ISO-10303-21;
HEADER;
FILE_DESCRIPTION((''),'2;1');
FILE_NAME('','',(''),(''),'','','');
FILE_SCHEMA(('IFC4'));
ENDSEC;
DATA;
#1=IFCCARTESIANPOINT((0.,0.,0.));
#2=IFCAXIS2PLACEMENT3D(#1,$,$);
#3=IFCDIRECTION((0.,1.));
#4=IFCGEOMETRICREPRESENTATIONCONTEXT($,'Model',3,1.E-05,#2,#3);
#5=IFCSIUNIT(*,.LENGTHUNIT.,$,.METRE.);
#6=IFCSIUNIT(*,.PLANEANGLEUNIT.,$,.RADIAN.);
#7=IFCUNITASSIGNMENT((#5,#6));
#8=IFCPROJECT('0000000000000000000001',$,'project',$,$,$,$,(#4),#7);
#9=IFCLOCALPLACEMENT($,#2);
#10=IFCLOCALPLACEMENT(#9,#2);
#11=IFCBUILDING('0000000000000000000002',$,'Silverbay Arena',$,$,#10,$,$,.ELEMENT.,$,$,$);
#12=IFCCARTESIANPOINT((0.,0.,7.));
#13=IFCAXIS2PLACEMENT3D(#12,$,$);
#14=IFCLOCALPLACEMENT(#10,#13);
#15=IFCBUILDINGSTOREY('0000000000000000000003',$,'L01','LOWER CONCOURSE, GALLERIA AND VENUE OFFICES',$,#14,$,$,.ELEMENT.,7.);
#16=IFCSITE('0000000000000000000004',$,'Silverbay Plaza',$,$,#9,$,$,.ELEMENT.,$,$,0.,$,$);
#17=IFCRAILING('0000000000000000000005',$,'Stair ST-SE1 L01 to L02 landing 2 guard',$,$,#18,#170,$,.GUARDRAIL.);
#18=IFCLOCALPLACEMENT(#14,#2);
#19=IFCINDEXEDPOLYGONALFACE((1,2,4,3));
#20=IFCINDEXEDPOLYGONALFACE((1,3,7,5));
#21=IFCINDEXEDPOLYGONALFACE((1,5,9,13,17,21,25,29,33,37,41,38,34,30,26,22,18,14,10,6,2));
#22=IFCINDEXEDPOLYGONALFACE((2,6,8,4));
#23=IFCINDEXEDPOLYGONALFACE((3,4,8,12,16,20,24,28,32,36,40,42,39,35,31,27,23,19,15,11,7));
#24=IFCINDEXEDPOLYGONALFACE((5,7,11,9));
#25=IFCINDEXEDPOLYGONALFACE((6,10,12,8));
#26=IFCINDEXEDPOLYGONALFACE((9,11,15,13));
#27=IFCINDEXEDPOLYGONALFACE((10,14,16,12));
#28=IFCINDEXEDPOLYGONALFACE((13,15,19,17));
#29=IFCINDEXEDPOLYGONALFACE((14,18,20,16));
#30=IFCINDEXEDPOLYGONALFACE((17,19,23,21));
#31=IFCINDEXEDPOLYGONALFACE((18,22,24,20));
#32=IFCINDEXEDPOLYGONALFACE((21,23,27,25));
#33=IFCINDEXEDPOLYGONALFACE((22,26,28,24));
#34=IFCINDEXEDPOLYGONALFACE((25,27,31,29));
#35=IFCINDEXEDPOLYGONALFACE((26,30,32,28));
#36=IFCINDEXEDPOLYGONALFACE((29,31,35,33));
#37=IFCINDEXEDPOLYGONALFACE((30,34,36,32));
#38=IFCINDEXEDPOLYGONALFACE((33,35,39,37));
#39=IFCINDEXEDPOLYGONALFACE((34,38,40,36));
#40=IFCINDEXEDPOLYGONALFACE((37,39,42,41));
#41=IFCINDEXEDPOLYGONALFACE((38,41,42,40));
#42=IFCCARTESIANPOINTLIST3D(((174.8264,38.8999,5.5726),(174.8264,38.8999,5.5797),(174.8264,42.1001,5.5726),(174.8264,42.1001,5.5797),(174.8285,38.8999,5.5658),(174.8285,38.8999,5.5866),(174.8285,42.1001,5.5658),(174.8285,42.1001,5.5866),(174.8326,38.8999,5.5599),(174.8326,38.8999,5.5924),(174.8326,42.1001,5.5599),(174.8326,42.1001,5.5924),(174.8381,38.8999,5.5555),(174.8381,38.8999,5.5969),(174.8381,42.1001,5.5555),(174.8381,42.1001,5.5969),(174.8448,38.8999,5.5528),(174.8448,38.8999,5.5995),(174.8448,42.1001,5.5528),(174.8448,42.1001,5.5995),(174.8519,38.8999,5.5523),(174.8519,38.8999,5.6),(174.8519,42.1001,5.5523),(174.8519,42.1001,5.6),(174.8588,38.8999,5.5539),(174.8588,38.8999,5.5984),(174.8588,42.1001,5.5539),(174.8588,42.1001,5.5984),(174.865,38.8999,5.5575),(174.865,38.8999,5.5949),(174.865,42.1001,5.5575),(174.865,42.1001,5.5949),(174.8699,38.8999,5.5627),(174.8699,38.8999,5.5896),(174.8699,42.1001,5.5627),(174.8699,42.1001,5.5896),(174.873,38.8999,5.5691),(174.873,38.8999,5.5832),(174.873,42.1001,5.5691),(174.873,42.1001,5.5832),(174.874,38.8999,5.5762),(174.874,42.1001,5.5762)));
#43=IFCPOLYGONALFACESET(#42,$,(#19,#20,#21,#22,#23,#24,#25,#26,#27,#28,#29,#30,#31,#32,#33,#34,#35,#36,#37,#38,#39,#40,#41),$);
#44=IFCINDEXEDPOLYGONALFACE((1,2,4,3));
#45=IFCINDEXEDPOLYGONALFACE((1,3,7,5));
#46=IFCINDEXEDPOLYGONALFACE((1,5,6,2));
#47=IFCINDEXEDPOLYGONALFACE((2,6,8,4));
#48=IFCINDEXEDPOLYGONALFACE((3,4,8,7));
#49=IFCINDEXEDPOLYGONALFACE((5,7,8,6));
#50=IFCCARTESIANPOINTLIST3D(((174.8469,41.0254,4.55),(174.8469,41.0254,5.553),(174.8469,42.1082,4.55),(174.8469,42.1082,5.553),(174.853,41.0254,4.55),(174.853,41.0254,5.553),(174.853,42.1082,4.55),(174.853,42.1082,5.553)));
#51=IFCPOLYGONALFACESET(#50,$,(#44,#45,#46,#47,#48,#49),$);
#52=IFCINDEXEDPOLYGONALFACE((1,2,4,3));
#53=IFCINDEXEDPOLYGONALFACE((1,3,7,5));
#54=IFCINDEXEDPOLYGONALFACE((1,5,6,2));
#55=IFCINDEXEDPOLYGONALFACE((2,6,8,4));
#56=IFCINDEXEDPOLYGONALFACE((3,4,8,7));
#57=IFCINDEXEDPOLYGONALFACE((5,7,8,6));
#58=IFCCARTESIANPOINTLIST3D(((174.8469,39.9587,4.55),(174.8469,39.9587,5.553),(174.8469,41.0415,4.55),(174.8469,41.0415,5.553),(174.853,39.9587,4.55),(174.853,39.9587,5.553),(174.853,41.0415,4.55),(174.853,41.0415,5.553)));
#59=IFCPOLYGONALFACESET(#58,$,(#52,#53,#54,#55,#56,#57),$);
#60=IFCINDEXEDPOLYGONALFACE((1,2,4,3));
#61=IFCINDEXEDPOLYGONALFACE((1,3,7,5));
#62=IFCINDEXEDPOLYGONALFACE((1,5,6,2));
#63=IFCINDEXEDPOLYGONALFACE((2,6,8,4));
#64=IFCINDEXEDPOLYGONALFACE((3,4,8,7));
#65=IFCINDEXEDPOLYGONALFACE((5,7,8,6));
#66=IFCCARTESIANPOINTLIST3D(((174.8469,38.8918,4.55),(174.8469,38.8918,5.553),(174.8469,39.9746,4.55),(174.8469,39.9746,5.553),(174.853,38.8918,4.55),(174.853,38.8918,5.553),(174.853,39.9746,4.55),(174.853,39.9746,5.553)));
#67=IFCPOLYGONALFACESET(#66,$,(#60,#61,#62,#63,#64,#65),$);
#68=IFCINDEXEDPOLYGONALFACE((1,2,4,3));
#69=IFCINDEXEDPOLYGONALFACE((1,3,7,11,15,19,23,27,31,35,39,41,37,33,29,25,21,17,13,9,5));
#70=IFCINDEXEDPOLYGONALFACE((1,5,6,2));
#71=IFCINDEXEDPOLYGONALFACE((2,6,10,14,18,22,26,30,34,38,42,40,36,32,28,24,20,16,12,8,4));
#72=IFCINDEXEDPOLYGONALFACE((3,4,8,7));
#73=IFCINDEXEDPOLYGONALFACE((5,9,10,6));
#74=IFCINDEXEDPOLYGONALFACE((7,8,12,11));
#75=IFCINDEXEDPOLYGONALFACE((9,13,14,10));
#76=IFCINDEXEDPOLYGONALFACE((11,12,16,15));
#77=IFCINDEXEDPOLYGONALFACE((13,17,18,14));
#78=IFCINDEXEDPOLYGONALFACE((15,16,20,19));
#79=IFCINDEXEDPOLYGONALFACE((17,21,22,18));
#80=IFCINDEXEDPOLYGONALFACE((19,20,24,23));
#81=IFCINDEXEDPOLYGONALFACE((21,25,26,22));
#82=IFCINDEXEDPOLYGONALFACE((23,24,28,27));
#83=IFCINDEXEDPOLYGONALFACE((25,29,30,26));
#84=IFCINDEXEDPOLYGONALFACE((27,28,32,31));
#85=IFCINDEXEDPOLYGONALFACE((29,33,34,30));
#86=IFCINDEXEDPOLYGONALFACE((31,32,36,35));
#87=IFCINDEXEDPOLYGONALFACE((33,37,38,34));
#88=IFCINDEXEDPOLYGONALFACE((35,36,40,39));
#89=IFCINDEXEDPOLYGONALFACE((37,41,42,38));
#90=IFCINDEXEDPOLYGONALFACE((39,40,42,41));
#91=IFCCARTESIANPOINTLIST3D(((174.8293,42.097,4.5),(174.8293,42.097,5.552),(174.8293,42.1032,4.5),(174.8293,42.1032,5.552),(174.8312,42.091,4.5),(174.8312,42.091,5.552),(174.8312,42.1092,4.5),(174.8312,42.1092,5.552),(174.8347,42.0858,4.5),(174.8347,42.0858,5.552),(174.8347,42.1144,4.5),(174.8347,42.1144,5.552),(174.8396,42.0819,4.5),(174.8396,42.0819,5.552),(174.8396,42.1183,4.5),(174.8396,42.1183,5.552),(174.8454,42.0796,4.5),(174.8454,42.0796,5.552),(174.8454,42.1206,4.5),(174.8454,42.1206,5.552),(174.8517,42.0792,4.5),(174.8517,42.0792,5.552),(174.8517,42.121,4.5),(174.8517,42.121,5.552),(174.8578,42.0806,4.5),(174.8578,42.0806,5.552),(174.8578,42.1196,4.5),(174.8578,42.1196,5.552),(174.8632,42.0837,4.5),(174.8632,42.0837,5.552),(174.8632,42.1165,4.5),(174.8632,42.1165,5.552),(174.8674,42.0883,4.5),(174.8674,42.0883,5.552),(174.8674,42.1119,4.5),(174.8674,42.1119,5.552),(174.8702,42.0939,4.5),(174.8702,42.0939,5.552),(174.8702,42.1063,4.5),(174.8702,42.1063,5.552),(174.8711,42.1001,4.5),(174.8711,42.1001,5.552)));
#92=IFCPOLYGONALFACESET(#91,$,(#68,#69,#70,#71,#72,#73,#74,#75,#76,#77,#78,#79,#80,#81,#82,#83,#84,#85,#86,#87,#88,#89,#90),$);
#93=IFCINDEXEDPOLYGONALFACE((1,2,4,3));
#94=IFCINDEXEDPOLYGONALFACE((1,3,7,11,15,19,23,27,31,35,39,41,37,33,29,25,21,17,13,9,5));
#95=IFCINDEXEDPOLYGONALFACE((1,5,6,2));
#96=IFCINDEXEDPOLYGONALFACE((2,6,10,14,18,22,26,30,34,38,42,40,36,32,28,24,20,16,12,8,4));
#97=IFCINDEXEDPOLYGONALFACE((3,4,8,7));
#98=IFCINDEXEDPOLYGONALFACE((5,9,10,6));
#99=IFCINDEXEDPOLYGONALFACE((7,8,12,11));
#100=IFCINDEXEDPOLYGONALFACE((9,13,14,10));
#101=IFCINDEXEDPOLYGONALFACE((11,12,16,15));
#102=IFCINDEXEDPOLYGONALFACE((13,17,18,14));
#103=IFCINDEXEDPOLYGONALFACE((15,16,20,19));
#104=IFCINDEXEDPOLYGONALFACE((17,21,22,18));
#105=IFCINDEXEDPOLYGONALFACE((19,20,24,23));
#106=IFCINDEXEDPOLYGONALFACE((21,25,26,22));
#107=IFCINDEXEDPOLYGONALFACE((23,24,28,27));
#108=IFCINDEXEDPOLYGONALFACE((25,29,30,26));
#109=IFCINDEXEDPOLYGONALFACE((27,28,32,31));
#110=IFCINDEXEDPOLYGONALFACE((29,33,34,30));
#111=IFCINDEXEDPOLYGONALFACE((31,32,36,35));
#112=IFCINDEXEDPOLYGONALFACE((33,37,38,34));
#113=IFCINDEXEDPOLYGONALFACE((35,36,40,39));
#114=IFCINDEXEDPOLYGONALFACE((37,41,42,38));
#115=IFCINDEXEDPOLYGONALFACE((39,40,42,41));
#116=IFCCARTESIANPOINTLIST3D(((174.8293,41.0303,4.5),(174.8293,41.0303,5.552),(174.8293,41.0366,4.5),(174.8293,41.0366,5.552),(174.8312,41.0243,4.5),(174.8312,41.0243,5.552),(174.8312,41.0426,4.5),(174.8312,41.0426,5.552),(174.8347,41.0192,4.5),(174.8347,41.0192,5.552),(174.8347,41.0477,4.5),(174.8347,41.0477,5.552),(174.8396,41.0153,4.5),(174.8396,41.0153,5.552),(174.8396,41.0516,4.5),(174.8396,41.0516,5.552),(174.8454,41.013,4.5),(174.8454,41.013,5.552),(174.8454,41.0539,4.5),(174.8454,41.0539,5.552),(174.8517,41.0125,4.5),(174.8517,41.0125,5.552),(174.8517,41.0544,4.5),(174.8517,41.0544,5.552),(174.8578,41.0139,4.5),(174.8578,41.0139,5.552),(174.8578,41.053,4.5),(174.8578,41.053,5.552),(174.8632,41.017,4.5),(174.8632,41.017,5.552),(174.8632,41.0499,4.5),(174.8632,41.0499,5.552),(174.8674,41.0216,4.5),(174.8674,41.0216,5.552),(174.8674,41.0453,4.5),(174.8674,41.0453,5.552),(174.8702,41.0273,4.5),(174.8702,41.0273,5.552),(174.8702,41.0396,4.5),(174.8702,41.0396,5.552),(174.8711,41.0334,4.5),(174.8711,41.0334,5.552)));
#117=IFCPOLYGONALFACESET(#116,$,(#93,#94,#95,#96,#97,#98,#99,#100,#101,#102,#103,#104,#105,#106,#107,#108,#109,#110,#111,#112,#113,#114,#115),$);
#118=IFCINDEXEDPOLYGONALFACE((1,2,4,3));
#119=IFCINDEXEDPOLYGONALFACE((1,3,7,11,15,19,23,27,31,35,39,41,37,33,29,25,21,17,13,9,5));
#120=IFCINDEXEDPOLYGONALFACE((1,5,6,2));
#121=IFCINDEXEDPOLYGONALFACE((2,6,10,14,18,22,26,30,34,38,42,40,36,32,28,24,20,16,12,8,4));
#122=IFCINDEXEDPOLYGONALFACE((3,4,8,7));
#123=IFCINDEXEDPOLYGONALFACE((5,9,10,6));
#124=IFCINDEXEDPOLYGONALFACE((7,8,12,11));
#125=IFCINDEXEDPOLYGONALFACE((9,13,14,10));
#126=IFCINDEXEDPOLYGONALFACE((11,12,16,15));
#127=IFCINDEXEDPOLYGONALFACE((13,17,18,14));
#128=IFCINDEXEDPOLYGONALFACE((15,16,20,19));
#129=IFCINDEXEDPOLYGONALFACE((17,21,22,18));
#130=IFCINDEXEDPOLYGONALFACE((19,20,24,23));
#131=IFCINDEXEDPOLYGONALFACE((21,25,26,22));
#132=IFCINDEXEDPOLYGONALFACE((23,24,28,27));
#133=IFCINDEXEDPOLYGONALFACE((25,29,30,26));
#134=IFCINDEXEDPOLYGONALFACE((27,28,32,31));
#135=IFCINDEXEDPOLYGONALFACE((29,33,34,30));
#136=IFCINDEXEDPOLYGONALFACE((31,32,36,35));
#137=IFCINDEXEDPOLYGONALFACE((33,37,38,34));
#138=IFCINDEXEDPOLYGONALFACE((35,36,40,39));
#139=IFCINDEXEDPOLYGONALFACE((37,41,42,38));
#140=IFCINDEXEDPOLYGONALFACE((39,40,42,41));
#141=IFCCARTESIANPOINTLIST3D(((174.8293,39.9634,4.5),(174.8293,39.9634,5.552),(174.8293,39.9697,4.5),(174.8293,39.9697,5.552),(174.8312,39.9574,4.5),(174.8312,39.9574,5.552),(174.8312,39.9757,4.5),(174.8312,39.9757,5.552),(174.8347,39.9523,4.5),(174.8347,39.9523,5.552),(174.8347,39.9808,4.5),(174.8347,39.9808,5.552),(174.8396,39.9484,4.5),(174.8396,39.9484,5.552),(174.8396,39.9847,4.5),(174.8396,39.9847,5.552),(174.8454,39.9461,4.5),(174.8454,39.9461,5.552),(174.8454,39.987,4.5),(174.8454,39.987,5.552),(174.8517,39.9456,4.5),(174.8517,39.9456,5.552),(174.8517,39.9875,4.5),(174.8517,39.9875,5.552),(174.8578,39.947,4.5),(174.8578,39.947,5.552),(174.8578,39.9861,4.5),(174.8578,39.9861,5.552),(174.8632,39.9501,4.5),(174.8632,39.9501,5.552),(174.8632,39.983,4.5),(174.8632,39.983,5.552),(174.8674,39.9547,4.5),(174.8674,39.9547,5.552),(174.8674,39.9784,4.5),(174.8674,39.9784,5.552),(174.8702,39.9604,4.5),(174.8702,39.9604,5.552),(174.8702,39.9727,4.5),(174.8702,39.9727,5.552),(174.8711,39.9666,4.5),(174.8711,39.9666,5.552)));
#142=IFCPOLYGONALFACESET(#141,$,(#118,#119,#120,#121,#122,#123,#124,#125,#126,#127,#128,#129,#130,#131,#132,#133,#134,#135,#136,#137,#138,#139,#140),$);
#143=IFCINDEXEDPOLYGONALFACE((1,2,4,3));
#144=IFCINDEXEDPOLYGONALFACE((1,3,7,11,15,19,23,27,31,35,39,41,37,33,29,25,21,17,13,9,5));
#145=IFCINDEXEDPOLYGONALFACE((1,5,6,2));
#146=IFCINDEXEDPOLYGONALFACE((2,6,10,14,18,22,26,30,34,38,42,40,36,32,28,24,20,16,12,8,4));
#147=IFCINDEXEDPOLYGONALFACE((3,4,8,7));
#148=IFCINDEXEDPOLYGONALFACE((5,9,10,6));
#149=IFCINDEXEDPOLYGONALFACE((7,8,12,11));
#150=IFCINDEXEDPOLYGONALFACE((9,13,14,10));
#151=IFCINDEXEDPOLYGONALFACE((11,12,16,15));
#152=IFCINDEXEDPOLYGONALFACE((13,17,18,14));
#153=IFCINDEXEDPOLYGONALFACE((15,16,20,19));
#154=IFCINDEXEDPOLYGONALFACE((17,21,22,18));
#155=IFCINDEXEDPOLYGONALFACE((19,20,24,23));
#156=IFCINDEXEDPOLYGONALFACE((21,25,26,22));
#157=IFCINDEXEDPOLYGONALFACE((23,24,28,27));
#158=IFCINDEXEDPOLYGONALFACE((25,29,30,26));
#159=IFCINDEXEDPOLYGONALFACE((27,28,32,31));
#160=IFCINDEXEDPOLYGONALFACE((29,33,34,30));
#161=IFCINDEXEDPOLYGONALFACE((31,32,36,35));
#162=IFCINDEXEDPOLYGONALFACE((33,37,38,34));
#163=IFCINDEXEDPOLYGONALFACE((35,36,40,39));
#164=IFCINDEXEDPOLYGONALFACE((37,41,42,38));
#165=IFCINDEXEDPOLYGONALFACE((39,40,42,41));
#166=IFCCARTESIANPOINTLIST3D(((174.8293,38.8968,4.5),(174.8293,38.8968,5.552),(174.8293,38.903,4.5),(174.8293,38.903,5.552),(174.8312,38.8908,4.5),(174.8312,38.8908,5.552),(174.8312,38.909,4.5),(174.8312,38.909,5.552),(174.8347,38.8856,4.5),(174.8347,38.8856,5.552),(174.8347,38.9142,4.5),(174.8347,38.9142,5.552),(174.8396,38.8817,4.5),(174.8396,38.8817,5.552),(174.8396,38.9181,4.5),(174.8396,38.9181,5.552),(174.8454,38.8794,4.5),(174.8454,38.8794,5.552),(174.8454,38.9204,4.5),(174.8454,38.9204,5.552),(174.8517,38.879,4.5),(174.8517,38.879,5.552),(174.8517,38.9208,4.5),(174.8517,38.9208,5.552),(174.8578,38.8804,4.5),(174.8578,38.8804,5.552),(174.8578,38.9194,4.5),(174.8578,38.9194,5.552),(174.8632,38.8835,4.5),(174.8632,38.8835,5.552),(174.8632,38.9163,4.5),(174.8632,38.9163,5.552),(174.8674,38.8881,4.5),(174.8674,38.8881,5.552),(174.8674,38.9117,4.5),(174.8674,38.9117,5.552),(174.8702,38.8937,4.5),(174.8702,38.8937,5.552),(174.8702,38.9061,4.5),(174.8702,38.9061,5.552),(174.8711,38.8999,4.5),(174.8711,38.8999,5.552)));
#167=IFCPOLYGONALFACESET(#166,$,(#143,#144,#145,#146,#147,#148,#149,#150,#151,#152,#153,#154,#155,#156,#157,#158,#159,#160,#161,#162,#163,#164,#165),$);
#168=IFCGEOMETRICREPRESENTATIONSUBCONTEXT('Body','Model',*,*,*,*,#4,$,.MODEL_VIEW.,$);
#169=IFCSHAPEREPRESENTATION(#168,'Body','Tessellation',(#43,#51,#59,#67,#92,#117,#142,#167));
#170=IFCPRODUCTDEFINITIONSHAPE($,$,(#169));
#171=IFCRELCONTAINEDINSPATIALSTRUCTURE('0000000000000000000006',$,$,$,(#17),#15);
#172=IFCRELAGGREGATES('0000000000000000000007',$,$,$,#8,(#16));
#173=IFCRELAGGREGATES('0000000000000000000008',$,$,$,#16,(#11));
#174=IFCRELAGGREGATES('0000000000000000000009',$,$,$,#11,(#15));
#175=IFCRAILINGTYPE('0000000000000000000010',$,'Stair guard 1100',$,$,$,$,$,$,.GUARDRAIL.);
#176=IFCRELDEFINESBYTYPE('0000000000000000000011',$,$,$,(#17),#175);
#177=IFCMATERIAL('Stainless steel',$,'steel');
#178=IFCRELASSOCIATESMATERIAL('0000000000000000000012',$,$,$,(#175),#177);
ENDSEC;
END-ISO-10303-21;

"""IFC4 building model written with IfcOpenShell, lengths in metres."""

from ifc_helpers import new_model, si_unit, direction, frame, origin, origin_2d, place, context, subcontext, project, spatial, polyline, circle, outline, extrude, material, type_object, element, save


model = new_model("IFC4")

# Units and contexts
model_context = context("Model", 3, precision=1e-05, world=origin(), true_north=direction((0.0, 1.0)))
body_context = subcontext(model_context, "Body", "Model", "MODEL_VIEW")
ifc_project = project(units=[si_unit("LENGTHUNIT", "METRE"), si_unit("PLANEANGLEUNIT", "RADIAN")], contexts=[model_context])

# Site, building, storey
site_placement = place(None, origin())
site = spatial("IfcSite", under=ifc_project, at=site_placement, Name="Silverbay Plaza", CompositionType="ELEMENT", RefElevation=0.0)
building_placement = place(site_placement, origin())
building = spatial("IfcBuilding", under=site, at=building_placement, Name="Silverbay Arena", CompositionType="ELEMENT")
storey_placement = place(building_placement, frame((0.0, 0.0, 7.0)))
storey = spatial("IfcBuildingStorey", under=building, at=storey_placement, Name="L01", Description="LOWER CONCOURSE, GALLERIA AND VENUE OFFICES", CompositionType="ELEMENT", Elevation=7.0)

# Railing
ifc_material_1 = material(Name="Stainless steel", Category="steel")
railing_type_1 = type_object("IfcRailingType", Name="Stair guard 1100", PredefinedType="GUARDRAIL", material=ifc_material_1)
for number, where, name in (
    (1, (174.8501, 42.1001, 4.5), "Stair ST-SE1 L01 to L02 landing 2 guard"),
):
    element("IfcRailing", number, at=place(storey_placement, frame(where)), inside=storey, type_object=railing_type_1, Name=name, PredefinedType="GUARDRAIL", context=body_context, shape_type="SweptSolid", body=[
        extrude(circle(Radius=0.0239, at=origin_2d()), frame((0.0, 0.0, 1.0762), z_axis=(0.0, -1.0, 0.0), x_axis=(1.0, 0.0, 0.0)), (0.0, 0.0, 1.0), 3.2002),
        extrude(outline(polyline([(-0.0081, 0.05), (1.0747, 0.05), (1.0747, 1.053), (-0.0081, 1.053), (-0.0081, 0.05)])), frame((0.0029, 0.0, 0.0), z_axis=(-1.0, 0.0, 0.0), x_axis=(0.0, -1.0, 0.0)), (0.0, 0.0, 1.0), 0.0061),
        extrude(outline(polyline([(-0.0081, 0.05), (1.0747, 0.05), (1.0747, 1.053), (-0.0081, 1.053), (-0.0081, 0.05)])), frame((0.0029, -1.0667, 0.0), z_axis=(-1.0, 0.0, 0.0), x_axis=(0.0, -1.0, 0.0)), (0.0, 0.0, 1.0), 0.0061),
        extrude(outline(polyline([(-0.0081, 0.05), (1.0747, 0.05), (1.0747, 1.053), (-0.0081, 1.053), (-0.0081, 0.05)])), frame((0.0029, -2.1335, 0.0), z_axis=(-1.0, 0.0, 0.0), x_axis=(0.0, -1.0, 0.0)), (0.0, 0.0, 1.0), 0.0061),
        extrude(circle(Radius=0.021, at=origin_2d()), origin(), (0.0, 0.0, 1.0), 1.052),
        extrude(circle(Radius=0.021, at=origin_2d()), frame((0.0, -1.0667, 0.0)), (0.0, 0.0, 1.0), 1.052),
        extrude(circle(Radius=0.021, at=origin_2d()), frame((0.0, -2.1335, 0.0)), (0.0, 0.0, 1.0), 1.052),
        extrude(circle(Radius=0.021, at=origin_2d()), frame((0.0, -3.2002, 0.0)), (0.0, 0.0, 1.0), 1.052),
    ])

save(model, "model.ifc")
